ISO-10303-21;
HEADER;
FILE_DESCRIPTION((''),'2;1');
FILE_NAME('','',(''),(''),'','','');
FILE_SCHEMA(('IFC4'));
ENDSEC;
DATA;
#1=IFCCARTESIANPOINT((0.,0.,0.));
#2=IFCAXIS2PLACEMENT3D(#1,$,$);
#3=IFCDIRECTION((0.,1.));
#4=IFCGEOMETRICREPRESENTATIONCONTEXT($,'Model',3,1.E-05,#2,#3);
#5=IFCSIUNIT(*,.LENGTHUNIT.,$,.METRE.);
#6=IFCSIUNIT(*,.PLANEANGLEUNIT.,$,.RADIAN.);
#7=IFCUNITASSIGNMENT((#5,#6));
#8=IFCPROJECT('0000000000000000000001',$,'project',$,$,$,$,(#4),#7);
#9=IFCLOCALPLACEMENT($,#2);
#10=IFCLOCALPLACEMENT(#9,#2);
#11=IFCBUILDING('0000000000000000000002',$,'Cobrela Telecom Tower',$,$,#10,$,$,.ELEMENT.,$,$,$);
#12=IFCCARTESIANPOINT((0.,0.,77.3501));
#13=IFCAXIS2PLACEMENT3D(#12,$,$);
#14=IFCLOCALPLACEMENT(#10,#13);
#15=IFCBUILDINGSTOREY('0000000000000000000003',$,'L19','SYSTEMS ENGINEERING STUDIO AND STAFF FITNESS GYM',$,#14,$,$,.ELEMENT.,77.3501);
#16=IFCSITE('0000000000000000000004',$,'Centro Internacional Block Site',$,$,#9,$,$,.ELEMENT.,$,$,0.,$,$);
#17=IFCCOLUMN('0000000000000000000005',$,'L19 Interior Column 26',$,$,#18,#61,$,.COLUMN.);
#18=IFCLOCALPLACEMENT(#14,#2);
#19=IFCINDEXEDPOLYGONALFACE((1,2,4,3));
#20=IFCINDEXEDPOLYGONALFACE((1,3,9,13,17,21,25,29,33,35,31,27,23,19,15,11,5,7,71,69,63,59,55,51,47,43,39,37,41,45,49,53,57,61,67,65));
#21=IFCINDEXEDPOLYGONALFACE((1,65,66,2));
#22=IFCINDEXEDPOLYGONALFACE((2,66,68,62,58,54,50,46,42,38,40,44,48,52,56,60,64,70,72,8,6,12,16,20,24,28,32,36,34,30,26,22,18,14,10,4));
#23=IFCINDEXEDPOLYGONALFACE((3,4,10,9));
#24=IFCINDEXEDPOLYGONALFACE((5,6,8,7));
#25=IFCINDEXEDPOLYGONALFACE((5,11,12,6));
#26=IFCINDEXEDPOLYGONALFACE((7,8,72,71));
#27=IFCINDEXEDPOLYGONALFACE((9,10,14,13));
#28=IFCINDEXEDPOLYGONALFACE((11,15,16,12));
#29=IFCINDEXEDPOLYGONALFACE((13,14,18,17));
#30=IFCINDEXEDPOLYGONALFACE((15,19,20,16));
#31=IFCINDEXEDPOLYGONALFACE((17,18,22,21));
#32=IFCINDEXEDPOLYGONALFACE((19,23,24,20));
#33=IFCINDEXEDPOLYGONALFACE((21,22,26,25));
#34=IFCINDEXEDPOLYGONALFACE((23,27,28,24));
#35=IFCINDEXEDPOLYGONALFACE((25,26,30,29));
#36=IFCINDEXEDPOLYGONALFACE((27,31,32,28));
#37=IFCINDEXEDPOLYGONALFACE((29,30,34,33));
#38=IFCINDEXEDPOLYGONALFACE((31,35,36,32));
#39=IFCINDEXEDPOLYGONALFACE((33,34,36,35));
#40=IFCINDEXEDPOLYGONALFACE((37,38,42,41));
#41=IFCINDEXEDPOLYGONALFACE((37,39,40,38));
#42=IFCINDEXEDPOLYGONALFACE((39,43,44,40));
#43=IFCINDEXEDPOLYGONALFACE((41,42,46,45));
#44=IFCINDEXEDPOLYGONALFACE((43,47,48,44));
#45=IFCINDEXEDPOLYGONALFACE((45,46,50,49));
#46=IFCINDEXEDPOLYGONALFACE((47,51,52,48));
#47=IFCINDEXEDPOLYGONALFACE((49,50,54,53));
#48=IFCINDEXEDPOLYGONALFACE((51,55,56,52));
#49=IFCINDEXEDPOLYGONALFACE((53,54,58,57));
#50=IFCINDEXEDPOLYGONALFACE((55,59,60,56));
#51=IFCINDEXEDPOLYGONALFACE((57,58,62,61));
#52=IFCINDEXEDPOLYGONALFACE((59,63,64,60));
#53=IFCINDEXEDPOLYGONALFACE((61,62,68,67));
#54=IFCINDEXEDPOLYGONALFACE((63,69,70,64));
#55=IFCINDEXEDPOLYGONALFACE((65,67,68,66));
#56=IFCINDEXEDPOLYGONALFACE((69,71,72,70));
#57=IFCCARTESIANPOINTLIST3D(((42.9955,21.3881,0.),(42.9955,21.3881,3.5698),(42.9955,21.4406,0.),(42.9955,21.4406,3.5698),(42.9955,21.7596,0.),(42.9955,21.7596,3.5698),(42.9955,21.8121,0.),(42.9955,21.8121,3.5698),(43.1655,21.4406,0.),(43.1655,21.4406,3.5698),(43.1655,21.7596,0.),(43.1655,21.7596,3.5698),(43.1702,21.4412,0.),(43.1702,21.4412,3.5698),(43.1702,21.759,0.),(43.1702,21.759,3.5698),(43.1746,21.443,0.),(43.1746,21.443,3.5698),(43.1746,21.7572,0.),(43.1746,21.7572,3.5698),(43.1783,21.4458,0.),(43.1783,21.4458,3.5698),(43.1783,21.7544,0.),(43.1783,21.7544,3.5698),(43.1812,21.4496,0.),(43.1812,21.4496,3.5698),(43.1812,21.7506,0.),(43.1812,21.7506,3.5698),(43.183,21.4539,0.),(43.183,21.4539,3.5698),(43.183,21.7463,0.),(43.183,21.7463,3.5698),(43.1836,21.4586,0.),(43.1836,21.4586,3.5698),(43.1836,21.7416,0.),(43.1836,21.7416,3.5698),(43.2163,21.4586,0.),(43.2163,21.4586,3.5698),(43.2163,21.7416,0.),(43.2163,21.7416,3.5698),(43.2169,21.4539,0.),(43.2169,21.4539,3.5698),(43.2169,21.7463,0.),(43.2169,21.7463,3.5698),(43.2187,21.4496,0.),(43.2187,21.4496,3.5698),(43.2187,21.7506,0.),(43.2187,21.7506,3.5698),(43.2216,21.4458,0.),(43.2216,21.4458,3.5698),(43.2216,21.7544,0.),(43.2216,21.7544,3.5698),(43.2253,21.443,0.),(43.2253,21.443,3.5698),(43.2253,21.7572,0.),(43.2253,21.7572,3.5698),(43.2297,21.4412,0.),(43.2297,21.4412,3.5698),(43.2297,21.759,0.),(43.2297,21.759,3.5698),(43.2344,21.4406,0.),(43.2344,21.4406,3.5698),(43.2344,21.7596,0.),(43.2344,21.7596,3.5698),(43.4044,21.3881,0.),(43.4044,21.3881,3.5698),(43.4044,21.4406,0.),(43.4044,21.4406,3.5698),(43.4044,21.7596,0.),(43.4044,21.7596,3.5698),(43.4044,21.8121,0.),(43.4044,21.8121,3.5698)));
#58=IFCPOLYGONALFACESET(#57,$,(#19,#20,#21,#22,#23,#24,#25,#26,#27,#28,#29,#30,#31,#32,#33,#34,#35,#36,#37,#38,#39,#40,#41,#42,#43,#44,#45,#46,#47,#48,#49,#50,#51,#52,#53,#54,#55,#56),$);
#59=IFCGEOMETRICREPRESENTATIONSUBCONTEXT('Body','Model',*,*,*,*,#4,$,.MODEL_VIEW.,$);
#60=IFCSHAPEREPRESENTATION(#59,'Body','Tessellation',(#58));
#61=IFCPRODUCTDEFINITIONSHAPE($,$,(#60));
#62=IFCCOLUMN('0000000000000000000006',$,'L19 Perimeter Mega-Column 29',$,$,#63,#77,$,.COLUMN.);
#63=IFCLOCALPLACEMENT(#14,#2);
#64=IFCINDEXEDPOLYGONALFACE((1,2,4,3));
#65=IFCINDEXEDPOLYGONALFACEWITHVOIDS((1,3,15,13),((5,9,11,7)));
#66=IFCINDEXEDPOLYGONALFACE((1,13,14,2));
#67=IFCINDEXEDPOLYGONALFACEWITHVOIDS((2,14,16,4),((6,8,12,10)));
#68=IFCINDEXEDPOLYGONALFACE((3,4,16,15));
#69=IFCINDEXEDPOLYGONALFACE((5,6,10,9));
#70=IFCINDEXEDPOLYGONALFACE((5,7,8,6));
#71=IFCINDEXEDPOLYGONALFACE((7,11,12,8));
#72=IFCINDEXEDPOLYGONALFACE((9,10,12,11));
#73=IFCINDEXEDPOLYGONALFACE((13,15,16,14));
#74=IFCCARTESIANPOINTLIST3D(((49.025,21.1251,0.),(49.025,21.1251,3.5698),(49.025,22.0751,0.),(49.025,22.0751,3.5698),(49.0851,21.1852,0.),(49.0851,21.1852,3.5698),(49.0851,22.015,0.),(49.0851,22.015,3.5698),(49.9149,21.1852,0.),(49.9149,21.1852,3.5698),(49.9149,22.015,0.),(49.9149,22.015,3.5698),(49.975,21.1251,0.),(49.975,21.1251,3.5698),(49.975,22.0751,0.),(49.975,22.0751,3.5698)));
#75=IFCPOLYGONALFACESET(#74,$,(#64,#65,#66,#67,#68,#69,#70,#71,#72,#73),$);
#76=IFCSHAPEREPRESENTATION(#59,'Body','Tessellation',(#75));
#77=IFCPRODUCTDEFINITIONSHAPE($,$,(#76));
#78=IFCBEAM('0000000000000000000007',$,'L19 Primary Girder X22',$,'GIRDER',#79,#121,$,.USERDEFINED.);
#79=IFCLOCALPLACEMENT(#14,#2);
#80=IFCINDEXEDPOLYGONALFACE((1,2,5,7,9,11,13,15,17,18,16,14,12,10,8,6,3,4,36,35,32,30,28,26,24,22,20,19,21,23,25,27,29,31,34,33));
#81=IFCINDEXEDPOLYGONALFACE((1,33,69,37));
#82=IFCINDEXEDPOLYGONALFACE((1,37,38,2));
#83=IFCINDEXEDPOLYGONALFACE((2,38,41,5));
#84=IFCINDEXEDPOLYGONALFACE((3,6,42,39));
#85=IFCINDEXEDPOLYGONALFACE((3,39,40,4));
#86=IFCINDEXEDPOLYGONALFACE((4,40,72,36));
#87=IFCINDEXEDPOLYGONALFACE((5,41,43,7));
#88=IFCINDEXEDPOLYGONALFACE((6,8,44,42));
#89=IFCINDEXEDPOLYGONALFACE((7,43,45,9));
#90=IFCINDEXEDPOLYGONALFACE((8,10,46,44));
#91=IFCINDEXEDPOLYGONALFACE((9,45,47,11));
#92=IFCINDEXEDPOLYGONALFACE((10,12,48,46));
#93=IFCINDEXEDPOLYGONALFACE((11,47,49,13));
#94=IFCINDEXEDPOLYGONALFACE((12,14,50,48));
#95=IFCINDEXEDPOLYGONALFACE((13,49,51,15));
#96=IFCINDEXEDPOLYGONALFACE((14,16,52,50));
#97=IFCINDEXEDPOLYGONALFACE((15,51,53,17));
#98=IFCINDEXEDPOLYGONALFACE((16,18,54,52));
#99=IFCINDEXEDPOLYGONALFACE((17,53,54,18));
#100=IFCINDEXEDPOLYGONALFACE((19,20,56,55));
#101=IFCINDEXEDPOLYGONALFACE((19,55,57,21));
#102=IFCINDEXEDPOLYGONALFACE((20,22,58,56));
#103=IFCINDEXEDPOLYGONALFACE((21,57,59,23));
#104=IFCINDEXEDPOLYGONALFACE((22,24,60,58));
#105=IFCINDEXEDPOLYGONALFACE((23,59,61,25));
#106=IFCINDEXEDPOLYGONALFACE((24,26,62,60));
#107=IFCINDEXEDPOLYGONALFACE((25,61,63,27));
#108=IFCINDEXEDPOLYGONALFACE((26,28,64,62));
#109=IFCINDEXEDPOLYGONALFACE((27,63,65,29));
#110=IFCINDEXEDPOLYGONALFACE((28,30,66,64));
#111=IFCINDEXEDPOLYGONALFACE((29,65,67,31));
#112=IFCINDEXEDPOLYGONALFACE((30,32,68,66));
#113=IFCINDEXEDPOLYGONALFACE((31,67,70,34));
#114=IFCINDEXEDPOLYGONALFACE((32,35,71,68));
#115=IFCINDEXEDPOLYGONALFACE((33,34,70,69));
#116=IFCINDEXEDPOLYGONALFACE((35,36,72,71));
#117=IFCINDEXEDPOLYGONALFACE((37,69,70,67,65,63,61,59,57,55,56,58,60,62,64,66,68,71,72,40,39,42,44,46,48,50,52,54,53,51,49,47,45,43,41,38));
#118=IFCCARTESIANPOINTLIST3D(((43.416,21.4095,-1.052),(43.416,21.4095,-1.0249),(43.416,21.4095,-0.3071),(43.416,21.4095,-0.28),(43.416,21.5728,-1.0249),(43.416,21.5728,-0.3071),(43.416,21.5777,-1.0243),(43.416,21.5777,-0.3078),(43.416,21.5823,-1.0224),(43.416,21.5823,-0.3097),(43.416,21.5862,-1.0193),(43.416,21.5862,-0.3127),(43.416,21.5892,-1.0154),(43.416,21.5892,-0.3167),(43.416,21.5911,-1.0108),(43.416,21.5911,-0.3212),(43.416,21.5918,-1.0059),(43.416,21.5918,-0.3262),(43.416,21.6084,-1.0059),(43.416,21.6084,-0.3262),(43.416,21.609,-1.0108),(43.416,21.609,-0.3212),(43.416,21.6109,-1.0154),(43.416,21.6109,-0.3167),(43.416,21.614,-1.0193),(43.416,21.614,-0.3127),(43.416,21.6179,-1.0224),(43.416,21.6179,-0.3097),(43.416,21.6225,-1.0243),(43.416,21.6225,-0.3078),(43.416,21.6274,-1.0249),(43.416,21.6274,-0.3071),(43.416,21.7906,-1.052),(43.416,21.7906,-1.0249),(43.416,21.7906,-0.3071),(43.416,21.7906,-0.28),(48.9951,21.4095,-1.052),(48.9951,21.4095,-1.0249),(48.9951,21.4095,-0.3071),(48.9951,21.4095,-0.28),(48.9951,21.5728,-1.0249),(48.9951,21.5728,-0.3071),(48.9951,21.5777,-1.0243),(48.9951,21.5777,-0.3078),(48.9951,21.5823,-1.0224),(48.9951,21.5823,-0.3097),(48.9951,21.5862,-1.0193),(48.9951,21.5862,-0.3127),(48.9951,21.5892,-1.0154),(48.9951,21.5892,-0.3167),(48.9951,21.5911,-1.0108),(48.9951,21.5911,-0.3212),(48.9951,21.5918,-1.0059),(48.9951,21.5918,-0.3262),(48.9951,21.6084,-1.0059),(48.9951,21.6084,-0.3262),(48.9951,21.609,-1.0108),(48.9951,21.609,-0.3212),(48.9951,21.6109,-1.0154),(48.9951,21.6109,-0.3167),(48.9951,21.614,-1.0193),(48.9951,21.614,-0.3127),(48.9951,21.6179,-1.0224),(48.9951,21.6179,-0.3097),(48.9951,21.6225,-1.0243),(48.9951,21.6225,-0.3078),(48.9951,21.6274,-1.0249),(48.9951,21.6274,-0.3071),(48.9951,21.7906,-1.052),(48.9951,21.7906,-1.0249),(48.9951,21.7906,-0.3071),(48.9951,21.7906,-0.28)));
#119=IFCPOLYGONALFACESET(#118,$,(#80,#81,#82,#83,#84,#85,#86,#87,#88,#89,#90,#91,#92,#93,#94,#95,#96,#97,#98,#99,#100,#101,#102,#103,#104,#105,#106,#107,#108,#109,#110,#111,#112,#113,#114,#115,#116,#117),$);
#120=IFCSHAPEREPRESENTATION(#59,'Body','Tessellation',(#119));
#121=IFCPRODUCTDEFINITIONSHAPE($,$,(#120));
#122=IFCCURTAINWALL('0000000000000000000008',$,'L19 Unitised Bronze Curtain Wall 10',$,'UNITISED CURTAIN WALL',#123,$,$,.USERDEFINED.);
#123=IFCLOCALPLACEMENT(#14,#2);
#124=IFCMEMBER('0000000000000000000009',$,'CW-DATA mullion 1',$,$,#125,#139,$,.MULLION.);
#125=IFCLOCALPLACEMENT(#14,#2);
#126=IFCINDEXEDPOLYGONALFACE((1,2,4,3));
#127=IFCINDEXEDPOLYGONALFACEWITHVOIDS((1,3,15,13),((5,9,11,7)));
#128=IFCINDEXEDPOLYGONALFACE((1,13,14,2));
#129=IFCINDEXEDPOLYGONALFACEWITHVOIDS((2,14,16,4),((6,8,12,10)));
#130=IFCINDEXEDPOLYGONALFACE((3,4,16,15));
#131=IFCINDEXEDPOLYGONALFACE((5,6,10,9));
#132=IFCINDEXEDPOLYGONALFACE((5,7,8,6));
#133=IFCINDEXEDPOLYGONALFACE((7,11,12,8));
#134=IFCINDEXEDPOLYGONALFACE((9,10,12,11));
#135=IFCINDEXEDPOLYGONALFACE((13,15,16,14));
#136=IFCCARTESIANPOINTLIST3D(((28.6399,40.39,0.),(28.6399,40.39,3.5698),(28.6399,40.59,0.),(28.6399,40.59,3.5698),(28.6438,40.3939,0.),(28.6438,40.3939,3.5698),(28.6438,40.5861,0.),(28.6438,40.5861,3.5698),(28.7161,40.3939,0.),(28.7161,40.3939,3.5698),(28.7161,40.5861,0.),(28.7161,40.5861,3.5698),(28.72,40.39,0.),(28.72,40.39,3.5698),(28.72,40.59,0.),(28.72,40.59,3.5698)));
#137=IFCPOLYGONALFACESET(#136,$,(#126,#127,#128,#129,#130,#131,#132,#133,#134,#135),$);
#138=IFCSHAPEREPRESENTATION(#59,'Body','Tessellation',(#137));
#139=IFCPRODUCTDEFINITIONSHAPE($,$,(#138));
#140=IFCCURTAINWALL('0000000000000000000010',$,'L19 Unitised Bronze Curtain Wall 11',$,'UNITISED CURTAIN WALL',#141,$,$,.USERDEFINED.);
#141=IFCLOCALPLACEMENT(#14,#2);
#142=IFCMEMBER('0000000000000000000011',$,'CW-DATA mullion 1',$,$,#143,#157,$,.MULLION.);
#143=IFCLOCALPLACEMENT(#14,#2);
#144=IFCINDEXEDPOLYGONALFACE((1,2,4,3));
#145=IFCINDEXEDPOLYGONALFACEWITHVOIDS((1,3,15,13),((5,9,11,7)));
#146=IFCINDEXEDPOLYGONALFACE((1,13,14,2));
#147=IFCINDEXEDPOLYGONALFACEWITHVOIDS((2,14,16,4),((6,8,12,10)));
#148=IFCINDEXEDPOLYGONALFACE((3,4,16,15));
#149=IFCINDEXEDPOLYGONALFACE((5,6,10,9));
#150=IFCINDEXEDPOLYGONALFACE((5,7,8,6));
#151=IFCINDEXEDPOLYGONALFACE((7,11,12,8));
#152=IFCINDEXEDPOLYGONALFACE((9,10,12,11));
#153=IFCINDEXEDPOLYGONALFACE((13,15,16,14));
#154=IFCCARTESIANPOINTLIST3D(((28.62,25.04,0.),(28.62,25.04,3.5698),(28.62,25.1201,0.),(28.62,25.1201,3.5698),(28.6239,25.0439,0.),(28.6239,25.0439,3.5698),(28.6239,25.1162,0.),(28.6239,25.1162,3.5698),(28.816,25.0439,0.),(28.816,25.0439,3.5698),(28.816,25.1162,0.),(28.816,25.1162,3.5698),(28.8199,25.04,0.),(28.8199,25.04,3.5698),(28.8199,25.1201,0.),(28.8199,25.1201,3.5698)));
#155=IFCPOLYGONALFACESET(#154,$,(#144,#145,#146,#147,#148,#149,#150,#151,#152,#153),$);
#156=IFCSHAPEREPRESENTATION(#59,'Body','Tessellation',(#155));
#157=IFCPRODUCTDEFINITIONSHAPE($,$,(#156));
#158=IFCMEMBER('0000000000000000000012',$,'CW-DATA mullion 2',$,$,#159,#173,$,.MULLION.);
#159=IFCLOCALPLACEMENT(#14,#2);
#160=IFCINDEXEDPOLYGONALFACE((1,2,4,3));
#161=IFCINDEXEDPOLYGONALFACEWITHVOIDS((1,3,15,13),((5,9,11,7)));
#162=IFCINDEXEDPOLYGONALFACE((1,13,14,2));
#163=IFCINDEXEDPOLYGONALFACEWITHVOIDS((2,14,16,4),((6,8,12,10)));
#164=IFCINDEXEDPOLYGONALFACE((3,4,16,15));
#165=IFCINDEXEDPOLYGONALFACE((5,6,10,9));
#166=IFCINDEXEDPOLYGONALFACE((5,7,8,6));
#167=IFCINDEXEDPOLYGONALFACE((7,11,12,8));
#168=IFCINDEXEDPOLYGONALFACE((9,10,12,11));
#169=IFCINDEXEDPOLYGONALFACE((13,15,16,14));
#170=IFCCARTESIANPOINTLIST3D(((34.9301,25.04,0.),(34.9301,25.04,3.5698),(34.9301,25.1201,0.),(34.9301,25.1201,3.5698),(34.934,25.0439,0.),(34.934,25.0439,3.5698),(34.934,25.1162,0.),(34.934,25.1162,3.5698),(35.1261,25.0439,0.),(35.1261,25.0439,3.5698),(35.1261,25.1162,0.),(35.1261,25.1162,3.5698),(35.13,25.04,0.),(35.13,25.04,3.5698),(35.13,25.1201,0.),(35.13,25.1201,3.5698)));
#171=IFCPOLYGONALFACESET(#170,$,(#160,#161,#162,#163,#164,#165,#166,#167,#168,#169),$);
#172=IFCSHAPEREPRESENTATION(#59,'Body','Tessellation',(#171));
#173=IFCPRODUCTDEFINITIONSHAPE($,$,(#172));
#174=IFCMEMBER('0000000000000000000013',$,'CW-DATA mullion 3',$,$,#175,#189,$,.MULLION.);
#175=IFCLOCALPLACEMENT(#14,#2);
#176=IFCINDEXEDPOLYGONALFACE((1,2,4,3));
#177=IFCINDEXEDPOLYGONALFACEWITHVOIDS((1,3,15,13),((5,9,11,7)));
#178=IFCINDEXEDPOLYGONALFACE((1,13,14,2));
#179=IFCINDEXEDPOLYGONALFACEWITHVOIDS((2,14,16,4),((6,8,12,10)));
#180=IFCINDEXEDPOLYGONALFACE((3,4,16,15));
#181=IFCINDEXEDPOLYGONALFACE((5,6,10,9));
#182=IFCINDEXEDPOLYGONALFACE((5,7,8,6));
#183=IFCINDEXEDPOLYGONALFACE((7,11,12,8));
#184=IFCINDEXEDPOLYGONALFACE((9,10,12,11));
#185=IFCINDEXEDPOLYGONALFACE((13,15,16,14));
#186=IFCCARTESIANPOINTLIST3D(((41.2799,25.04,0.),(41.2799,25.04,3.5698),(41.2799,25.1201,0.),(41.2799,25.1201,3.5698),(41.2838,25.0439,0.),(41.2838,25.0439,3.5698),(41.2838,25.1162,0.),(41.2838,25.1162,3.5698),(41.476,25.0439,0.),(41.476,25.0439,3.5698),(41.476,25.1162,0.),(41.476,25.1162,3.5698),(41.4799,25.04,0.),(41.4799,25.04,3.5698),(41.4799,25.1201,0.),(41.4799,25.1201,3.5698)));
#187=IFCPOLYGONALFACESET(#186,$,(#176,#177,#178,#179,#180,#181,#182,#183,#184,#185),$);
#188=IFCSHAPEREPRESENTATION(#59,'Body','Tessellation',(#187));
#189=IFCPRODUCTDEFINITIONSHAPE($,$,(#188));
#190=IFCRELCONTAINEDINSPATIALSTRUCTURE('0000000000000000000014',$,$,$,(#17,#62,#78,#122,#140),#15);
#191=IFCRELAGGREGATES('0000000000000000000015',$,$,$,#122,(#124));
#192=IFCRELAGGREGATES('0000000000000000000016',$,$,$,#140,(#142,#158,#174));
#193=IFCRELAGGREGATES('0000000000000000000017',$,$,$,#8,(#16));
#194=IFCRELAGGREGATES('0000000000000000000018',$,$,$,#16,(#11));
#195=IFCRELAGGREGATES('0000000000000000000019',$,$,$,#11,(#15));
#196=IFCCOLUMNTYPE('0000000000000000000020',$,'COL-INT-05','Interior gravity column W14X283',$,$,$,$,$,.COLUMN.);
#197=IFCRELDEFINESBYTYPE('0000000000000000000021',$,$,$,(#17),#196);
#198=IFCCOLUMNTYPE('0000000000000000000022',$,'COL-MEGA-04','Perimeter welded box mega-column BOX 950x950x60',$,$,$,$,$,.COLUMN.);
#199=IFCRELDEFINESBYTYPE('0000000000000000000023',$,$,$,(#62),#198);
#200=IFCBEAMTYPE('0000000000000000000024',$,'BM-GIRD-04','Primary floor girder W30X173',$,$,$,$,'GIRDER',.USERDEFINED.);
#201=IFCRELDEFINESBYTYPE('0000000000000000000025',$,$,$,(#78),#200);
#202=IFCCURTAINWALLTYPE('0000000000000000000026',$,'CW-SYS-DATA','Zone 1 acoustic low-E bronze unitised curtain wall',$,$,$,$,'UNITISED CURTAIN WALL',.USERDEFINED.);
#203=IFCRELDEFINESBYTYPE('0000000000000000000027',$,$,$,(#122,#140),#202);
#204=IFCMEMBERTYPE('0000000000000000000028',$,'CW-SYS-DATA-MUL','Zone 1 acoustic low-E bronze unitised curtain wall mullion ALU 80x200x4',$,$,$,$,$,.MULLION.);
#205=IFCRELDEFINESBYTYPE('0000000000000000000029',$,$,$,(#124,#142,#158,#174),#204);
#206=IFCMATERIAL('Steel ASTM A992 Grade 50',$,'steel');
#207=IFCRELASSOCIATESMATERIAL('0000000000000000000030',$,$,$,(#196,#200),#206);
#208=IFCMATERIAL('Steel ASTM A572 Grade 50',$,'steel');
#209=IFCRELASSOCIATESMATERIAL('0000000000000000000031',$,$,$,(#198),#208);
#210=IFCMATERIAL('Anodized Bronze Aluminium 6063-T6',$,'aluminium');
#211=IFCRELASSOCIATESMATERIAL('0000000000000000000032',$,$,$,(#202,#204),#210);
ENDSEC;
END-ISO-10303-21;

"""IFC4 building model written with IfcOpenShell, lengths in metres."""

from ifc_helpers import new_model, si_unit, direction, frame, origin, origin_2d, place, context, subcontext, project, spatial, hollow_rectangle, i_section, extrude, material, material_profile, profile_set, type_object, element, aggregate, save


model = new_model("IFC4")

# Units and contexts
model_context = context("Model", 3, precision=1e-05, world=origin(), true_north=direction((0.0, 1.0)))
body_context = subcontext(model_context, "Body", "Model", "MODEL_VIEW")
ifc_project = project(units=[si_unit("LENGTHUNIT", "METRE"), si_unit("PLANEANGLEUNIT", "RADIAN")], contexts=[model_context])

# Site, building, storey
site_placement = place(None, origin())
site = spatial("IfcSite", under=ifc_project, at=site_placement, Name="Centro Internacional Block Site", CompositionType="ELEMENT", RefElevation=0.0)
building_placement = place(site_placement, origin())
building = spatial("IfcBuilding", under=site, at=building_placement, Name="Cobrela Telecom Tower", CompositionType="ELEMENT")
storey_placement = place(building_placement, frame((0.0, 0.0, 77.3501)))
storey = spatial("IfcBuildingStorey", under=building, at=storey_placement, Name="L19", Description="SYSTEMS ENGINEERING STUDIO AND STAFF FITNESS GYM", CompositionType="ELEMENT", Elevation=77.3501)

# Columns
ifc_material_1 = material(Name="Steel ASTM A992 Grade 50", Category="steel")
ifc_material_profile_1 = material_profile(ifc_material_1, i_section(OverallWidth=0.4089, OverallDepth=0.4241, WebThickness=0.0327, FlangeThickness=0.0525, FilletRadius=0.0181, at=origin_2d()), Name="W14X283")
ifc_profile_set_1 = profile_set([ifc_material_profile_1], Name="Steel ASTM A992 Grade 50")
column_type_1 = type_object("IfcColumnType", Name="COL-INT-05", Description="Interior gravity column W14X283", PredefinedType="COLUMN", material=ifc_profile_set_1)
column_1_placement = place(storey_placement, frame((43.2, 21.6001, 0.0), z_axis=(0.0, 0.0, 1.0), x_axis=(1.0, 0.0, 0.0)))
element("IfcColumn", 1, at=column_1_placement, inside=storey, type_object=column_type_1, Name="L19 Interior Column 26", PredefinedType="COLUMN", context=body_context, shape_type="SweptSolid", body=[
    extrude(i_section(OverallWidth=0.4089, OverallDepth=0.4241, WebThickness=0.0327, FlangeThickness=0.0525, FilletRadius=0.0181, at=origin_2d()), origin(), (0.0, 0.0, 1.0), 3.5698),
])
ifc_material_2 = material(Name="Steel ASTM A572 Grade 50", Category="steel")
ifc_material_profile_2 = material_profile(ifc_material_2, hollow_rectangle(XDim=0.95, YDim=0.95, WallThickness=0.0601, at=origin_2d()), Name="BOX 950x950x60")
ifc_profile_set_2 = profile_set([ifc_material_profile_2], Name="Steel ASTM A572 Grade 50")
column_type_2 = type_object("IfcColumnType", Name="COL-MEGA-04", Description="Perimeter welded box mega-column BOX 950x950x60", PredefinedType="COLUMN", material=ifc_profile_set_2)
column_2_placement = place(storey_placement, frame((49.5, 21.6001, 0.0), z_axis=(0.0, 0.0, 1.0), x_axis=(1.0, 0.0, 0.0)))
element("IfcColumn", 2, at=column_2_placement, inside=storey, type_object=column_type_2, Name="L19 Perimeter Mega-Column 29", PredefinedType="COLUMN", context=body_context, shape_type="SweptSolid", body=[
    extrude(hollow_rectangle(XDim=0.95, YDim=0.95, WallThickness=0.0601, at=origin_2d()), origin(), (0.0, 0.0, 1.0), 3.5698),
])

# Beam
ifc_material_profile_3 = material_profile(ifc_material_1, i_section(OverallWidth=0.3811, OverallDepth=0.772, WebThickness=0.0166, FlangeThickness=0.0271, FilletRadius=0.019, at=origin_2d()), Name="W30X173")
ifc_profile_set_3 = profile_set([ifc_material_profile_3], Name="Steel ASTM A992 Grade 50")
beam_type = type_object("IfcBeamType", Name="BM-GIRD-04", Description="Primary floor girder W30X173", ElementType="GIRDER", PredefinedType="USERDEFINED", material=ifc_profile_set_3)
beam_placement = place(storey_placement, frame((43.416, 21.6001, -0.666), z_axis=(1.0, 0.0, 0.0), x_axis=(0.0, 1.0, 0.0)))
element("IfcBeam", 3, at=beam_placement, inside=storey, type_object=beam_type, Name="L19 Primary Girder X22", ObjectType="GIRDER", PredefinedType="USERDEFINED", context=body_context, shape_type="SweptSolid", body=[
    extrude(i_section(OverallWidth=0.3811, OverallDepth=0.772, WebThickness=0.0166, FlangeThickness=0.0271, FilletRadius=0.019, at=origin_2d()), origin(), (0.0, 0.0, 1.0), 5.5791),
])

# Curtain wall, member
ifc_material_3 = material(Name="Anodized Bronze Aluminium 6063-T6", Category="aluminium")
curtain_wall_type = type_object("IfcCurtainWallType", Name="CW-SYS-DATA", Description="Zone 1 acoustic low-E bronze unitised curtain wall", ElementType="UNITISED CURTAIN WALL", PredefinedType="USERDEFINED", material=ifc_material_3)
curtain_wall_1_placement = place(storey_placement, origin())
curtain_wall_1 = element("IfcCurtainWall", 4, at=curtain_wall_1_placement, inside=storey, type_object=curtain_wall_type, Name="L19 Unitised Bronze Curtain Wall 10", ObjectType="UNITISED CURTAIN WALL", PredefinedType="USERDEFINED")
ifc_material_profile_4 = material_profile(ifc_material_3, hollow_rectangle(XDim=0.0801, YDim=0.2, WallThickness=0.0039, at=origin_2d()), Name="ALU 80x200x4")
ifc_profile_set_4 = profile_set([ifc_material_profile_4], Name="Anodized Bronze Aluminium 6063-T6")
member_type_1 = type_object("IfcMemberType", Name="CW-SYS-DATA-MUL", Description="Zone 1 acoustic low-E bronze unitised curtain wall mullion ALU 80x200x4", PredefinedType="MULLION", material=ifc_profile_set_4)
member_1_placement = place(storey_placement, frame((28.6799, 40.49, 0.0), z_axis=(0.0, 0.0, 1.0), x_axis=(1.0, 0.0, 0.0)))
member_1 = element("IfcMember", 5, at=member_1_placement, type_object=member_type_1, Name="CW-DATA mullion 1", PredefinedType="MULLION", context=body_context, shape_type="SweptSolid", body=[
    extrude(hollow_rectangle(XDim=0.0801, YDim=0.2, WallThickness=0.0039, at=origin_2d()), origin(), (0.0, 0.0, 1.0), 3.5698),
])
aggregate(curtain_wall_1, [member_1])

# Curtain wall, members
curtain_wall_2_placement = place(storey_placement, origin())
curtain_wall_2 = element("IfcCurtainWall", 6, at=curtain_wall_2_placement, inside=storey, type_object=curtain_wall_type, Name="L19 Unitised Bronze Curtain Wall 11", ObjectType="UNITISED CURTAIN WALL", PredefinedType="USERDEFINED")
member_2_placement = place(storey_placement, frame((28.72, 25.0801, 0.0), z_axis=(0.0, 0.0, 1.0), x_axis=(0.0, 1.0, 0.0)))
member_2 = element("IfcMember", 7, at=member_2_placement, type_object=member_type_1, Name="CW-DATA mullion 1", PredefinedType="MULLION", context=body_context, shape_type="SweptSolid", body=[
    extrude(hollow_rectangle(XDim=0.0801, YDim=0.2, WallThickness=0.0039, at=origin_2d()), origin(), (0.0, 0.0, 1.0), 3.5698),
])
member_3_placement = place(storey_placement, frame((35.03, 25.0801, 0.0), z_axis=(0.0, 0.0, 1.0), x_axis=(0.0, 1.0, 0.0)))
member_3 = element("IfcMember", 8, at=member_3_placement, type_object=member_type_1, Name="CW-DATA mullion 2", PredefinedType="MULLION", context=body_context, shape_type="SweptSolid", body=[
    extrude(hollow_rectangle(XDim=0.0801, YDim=0.2, WallThickness=0.0039, at=origin_2d()), origin(), (0.0, 0.0, 1.0), 3.5698),
])
member_4_placement = place(storey_placement, frame((41.3799, 25.0801, 0.0), z_axis=(0.0, 0.0, 1.0), x_axis=(0.0, 1.0, 0.0)))
member_4 = element("IfcMember", 9, at=member_4_placement, type_object=member_type_1, Name="CW-DATA mullion 3", PredefinedType="MULLION", context=body_context, shape_type="SweptSolid", body=[
    extrude(hollow_rectangle(XDim=0.0801, YDim=0.2, WallThickness=0.0039, at=origin_2d()), origin(), (0.0, 0.0, 1.0), 3.5698),
])

aggregate(curtain_wall_2, [member_2, member_3, member_4])

save(model, "model.ifc")
